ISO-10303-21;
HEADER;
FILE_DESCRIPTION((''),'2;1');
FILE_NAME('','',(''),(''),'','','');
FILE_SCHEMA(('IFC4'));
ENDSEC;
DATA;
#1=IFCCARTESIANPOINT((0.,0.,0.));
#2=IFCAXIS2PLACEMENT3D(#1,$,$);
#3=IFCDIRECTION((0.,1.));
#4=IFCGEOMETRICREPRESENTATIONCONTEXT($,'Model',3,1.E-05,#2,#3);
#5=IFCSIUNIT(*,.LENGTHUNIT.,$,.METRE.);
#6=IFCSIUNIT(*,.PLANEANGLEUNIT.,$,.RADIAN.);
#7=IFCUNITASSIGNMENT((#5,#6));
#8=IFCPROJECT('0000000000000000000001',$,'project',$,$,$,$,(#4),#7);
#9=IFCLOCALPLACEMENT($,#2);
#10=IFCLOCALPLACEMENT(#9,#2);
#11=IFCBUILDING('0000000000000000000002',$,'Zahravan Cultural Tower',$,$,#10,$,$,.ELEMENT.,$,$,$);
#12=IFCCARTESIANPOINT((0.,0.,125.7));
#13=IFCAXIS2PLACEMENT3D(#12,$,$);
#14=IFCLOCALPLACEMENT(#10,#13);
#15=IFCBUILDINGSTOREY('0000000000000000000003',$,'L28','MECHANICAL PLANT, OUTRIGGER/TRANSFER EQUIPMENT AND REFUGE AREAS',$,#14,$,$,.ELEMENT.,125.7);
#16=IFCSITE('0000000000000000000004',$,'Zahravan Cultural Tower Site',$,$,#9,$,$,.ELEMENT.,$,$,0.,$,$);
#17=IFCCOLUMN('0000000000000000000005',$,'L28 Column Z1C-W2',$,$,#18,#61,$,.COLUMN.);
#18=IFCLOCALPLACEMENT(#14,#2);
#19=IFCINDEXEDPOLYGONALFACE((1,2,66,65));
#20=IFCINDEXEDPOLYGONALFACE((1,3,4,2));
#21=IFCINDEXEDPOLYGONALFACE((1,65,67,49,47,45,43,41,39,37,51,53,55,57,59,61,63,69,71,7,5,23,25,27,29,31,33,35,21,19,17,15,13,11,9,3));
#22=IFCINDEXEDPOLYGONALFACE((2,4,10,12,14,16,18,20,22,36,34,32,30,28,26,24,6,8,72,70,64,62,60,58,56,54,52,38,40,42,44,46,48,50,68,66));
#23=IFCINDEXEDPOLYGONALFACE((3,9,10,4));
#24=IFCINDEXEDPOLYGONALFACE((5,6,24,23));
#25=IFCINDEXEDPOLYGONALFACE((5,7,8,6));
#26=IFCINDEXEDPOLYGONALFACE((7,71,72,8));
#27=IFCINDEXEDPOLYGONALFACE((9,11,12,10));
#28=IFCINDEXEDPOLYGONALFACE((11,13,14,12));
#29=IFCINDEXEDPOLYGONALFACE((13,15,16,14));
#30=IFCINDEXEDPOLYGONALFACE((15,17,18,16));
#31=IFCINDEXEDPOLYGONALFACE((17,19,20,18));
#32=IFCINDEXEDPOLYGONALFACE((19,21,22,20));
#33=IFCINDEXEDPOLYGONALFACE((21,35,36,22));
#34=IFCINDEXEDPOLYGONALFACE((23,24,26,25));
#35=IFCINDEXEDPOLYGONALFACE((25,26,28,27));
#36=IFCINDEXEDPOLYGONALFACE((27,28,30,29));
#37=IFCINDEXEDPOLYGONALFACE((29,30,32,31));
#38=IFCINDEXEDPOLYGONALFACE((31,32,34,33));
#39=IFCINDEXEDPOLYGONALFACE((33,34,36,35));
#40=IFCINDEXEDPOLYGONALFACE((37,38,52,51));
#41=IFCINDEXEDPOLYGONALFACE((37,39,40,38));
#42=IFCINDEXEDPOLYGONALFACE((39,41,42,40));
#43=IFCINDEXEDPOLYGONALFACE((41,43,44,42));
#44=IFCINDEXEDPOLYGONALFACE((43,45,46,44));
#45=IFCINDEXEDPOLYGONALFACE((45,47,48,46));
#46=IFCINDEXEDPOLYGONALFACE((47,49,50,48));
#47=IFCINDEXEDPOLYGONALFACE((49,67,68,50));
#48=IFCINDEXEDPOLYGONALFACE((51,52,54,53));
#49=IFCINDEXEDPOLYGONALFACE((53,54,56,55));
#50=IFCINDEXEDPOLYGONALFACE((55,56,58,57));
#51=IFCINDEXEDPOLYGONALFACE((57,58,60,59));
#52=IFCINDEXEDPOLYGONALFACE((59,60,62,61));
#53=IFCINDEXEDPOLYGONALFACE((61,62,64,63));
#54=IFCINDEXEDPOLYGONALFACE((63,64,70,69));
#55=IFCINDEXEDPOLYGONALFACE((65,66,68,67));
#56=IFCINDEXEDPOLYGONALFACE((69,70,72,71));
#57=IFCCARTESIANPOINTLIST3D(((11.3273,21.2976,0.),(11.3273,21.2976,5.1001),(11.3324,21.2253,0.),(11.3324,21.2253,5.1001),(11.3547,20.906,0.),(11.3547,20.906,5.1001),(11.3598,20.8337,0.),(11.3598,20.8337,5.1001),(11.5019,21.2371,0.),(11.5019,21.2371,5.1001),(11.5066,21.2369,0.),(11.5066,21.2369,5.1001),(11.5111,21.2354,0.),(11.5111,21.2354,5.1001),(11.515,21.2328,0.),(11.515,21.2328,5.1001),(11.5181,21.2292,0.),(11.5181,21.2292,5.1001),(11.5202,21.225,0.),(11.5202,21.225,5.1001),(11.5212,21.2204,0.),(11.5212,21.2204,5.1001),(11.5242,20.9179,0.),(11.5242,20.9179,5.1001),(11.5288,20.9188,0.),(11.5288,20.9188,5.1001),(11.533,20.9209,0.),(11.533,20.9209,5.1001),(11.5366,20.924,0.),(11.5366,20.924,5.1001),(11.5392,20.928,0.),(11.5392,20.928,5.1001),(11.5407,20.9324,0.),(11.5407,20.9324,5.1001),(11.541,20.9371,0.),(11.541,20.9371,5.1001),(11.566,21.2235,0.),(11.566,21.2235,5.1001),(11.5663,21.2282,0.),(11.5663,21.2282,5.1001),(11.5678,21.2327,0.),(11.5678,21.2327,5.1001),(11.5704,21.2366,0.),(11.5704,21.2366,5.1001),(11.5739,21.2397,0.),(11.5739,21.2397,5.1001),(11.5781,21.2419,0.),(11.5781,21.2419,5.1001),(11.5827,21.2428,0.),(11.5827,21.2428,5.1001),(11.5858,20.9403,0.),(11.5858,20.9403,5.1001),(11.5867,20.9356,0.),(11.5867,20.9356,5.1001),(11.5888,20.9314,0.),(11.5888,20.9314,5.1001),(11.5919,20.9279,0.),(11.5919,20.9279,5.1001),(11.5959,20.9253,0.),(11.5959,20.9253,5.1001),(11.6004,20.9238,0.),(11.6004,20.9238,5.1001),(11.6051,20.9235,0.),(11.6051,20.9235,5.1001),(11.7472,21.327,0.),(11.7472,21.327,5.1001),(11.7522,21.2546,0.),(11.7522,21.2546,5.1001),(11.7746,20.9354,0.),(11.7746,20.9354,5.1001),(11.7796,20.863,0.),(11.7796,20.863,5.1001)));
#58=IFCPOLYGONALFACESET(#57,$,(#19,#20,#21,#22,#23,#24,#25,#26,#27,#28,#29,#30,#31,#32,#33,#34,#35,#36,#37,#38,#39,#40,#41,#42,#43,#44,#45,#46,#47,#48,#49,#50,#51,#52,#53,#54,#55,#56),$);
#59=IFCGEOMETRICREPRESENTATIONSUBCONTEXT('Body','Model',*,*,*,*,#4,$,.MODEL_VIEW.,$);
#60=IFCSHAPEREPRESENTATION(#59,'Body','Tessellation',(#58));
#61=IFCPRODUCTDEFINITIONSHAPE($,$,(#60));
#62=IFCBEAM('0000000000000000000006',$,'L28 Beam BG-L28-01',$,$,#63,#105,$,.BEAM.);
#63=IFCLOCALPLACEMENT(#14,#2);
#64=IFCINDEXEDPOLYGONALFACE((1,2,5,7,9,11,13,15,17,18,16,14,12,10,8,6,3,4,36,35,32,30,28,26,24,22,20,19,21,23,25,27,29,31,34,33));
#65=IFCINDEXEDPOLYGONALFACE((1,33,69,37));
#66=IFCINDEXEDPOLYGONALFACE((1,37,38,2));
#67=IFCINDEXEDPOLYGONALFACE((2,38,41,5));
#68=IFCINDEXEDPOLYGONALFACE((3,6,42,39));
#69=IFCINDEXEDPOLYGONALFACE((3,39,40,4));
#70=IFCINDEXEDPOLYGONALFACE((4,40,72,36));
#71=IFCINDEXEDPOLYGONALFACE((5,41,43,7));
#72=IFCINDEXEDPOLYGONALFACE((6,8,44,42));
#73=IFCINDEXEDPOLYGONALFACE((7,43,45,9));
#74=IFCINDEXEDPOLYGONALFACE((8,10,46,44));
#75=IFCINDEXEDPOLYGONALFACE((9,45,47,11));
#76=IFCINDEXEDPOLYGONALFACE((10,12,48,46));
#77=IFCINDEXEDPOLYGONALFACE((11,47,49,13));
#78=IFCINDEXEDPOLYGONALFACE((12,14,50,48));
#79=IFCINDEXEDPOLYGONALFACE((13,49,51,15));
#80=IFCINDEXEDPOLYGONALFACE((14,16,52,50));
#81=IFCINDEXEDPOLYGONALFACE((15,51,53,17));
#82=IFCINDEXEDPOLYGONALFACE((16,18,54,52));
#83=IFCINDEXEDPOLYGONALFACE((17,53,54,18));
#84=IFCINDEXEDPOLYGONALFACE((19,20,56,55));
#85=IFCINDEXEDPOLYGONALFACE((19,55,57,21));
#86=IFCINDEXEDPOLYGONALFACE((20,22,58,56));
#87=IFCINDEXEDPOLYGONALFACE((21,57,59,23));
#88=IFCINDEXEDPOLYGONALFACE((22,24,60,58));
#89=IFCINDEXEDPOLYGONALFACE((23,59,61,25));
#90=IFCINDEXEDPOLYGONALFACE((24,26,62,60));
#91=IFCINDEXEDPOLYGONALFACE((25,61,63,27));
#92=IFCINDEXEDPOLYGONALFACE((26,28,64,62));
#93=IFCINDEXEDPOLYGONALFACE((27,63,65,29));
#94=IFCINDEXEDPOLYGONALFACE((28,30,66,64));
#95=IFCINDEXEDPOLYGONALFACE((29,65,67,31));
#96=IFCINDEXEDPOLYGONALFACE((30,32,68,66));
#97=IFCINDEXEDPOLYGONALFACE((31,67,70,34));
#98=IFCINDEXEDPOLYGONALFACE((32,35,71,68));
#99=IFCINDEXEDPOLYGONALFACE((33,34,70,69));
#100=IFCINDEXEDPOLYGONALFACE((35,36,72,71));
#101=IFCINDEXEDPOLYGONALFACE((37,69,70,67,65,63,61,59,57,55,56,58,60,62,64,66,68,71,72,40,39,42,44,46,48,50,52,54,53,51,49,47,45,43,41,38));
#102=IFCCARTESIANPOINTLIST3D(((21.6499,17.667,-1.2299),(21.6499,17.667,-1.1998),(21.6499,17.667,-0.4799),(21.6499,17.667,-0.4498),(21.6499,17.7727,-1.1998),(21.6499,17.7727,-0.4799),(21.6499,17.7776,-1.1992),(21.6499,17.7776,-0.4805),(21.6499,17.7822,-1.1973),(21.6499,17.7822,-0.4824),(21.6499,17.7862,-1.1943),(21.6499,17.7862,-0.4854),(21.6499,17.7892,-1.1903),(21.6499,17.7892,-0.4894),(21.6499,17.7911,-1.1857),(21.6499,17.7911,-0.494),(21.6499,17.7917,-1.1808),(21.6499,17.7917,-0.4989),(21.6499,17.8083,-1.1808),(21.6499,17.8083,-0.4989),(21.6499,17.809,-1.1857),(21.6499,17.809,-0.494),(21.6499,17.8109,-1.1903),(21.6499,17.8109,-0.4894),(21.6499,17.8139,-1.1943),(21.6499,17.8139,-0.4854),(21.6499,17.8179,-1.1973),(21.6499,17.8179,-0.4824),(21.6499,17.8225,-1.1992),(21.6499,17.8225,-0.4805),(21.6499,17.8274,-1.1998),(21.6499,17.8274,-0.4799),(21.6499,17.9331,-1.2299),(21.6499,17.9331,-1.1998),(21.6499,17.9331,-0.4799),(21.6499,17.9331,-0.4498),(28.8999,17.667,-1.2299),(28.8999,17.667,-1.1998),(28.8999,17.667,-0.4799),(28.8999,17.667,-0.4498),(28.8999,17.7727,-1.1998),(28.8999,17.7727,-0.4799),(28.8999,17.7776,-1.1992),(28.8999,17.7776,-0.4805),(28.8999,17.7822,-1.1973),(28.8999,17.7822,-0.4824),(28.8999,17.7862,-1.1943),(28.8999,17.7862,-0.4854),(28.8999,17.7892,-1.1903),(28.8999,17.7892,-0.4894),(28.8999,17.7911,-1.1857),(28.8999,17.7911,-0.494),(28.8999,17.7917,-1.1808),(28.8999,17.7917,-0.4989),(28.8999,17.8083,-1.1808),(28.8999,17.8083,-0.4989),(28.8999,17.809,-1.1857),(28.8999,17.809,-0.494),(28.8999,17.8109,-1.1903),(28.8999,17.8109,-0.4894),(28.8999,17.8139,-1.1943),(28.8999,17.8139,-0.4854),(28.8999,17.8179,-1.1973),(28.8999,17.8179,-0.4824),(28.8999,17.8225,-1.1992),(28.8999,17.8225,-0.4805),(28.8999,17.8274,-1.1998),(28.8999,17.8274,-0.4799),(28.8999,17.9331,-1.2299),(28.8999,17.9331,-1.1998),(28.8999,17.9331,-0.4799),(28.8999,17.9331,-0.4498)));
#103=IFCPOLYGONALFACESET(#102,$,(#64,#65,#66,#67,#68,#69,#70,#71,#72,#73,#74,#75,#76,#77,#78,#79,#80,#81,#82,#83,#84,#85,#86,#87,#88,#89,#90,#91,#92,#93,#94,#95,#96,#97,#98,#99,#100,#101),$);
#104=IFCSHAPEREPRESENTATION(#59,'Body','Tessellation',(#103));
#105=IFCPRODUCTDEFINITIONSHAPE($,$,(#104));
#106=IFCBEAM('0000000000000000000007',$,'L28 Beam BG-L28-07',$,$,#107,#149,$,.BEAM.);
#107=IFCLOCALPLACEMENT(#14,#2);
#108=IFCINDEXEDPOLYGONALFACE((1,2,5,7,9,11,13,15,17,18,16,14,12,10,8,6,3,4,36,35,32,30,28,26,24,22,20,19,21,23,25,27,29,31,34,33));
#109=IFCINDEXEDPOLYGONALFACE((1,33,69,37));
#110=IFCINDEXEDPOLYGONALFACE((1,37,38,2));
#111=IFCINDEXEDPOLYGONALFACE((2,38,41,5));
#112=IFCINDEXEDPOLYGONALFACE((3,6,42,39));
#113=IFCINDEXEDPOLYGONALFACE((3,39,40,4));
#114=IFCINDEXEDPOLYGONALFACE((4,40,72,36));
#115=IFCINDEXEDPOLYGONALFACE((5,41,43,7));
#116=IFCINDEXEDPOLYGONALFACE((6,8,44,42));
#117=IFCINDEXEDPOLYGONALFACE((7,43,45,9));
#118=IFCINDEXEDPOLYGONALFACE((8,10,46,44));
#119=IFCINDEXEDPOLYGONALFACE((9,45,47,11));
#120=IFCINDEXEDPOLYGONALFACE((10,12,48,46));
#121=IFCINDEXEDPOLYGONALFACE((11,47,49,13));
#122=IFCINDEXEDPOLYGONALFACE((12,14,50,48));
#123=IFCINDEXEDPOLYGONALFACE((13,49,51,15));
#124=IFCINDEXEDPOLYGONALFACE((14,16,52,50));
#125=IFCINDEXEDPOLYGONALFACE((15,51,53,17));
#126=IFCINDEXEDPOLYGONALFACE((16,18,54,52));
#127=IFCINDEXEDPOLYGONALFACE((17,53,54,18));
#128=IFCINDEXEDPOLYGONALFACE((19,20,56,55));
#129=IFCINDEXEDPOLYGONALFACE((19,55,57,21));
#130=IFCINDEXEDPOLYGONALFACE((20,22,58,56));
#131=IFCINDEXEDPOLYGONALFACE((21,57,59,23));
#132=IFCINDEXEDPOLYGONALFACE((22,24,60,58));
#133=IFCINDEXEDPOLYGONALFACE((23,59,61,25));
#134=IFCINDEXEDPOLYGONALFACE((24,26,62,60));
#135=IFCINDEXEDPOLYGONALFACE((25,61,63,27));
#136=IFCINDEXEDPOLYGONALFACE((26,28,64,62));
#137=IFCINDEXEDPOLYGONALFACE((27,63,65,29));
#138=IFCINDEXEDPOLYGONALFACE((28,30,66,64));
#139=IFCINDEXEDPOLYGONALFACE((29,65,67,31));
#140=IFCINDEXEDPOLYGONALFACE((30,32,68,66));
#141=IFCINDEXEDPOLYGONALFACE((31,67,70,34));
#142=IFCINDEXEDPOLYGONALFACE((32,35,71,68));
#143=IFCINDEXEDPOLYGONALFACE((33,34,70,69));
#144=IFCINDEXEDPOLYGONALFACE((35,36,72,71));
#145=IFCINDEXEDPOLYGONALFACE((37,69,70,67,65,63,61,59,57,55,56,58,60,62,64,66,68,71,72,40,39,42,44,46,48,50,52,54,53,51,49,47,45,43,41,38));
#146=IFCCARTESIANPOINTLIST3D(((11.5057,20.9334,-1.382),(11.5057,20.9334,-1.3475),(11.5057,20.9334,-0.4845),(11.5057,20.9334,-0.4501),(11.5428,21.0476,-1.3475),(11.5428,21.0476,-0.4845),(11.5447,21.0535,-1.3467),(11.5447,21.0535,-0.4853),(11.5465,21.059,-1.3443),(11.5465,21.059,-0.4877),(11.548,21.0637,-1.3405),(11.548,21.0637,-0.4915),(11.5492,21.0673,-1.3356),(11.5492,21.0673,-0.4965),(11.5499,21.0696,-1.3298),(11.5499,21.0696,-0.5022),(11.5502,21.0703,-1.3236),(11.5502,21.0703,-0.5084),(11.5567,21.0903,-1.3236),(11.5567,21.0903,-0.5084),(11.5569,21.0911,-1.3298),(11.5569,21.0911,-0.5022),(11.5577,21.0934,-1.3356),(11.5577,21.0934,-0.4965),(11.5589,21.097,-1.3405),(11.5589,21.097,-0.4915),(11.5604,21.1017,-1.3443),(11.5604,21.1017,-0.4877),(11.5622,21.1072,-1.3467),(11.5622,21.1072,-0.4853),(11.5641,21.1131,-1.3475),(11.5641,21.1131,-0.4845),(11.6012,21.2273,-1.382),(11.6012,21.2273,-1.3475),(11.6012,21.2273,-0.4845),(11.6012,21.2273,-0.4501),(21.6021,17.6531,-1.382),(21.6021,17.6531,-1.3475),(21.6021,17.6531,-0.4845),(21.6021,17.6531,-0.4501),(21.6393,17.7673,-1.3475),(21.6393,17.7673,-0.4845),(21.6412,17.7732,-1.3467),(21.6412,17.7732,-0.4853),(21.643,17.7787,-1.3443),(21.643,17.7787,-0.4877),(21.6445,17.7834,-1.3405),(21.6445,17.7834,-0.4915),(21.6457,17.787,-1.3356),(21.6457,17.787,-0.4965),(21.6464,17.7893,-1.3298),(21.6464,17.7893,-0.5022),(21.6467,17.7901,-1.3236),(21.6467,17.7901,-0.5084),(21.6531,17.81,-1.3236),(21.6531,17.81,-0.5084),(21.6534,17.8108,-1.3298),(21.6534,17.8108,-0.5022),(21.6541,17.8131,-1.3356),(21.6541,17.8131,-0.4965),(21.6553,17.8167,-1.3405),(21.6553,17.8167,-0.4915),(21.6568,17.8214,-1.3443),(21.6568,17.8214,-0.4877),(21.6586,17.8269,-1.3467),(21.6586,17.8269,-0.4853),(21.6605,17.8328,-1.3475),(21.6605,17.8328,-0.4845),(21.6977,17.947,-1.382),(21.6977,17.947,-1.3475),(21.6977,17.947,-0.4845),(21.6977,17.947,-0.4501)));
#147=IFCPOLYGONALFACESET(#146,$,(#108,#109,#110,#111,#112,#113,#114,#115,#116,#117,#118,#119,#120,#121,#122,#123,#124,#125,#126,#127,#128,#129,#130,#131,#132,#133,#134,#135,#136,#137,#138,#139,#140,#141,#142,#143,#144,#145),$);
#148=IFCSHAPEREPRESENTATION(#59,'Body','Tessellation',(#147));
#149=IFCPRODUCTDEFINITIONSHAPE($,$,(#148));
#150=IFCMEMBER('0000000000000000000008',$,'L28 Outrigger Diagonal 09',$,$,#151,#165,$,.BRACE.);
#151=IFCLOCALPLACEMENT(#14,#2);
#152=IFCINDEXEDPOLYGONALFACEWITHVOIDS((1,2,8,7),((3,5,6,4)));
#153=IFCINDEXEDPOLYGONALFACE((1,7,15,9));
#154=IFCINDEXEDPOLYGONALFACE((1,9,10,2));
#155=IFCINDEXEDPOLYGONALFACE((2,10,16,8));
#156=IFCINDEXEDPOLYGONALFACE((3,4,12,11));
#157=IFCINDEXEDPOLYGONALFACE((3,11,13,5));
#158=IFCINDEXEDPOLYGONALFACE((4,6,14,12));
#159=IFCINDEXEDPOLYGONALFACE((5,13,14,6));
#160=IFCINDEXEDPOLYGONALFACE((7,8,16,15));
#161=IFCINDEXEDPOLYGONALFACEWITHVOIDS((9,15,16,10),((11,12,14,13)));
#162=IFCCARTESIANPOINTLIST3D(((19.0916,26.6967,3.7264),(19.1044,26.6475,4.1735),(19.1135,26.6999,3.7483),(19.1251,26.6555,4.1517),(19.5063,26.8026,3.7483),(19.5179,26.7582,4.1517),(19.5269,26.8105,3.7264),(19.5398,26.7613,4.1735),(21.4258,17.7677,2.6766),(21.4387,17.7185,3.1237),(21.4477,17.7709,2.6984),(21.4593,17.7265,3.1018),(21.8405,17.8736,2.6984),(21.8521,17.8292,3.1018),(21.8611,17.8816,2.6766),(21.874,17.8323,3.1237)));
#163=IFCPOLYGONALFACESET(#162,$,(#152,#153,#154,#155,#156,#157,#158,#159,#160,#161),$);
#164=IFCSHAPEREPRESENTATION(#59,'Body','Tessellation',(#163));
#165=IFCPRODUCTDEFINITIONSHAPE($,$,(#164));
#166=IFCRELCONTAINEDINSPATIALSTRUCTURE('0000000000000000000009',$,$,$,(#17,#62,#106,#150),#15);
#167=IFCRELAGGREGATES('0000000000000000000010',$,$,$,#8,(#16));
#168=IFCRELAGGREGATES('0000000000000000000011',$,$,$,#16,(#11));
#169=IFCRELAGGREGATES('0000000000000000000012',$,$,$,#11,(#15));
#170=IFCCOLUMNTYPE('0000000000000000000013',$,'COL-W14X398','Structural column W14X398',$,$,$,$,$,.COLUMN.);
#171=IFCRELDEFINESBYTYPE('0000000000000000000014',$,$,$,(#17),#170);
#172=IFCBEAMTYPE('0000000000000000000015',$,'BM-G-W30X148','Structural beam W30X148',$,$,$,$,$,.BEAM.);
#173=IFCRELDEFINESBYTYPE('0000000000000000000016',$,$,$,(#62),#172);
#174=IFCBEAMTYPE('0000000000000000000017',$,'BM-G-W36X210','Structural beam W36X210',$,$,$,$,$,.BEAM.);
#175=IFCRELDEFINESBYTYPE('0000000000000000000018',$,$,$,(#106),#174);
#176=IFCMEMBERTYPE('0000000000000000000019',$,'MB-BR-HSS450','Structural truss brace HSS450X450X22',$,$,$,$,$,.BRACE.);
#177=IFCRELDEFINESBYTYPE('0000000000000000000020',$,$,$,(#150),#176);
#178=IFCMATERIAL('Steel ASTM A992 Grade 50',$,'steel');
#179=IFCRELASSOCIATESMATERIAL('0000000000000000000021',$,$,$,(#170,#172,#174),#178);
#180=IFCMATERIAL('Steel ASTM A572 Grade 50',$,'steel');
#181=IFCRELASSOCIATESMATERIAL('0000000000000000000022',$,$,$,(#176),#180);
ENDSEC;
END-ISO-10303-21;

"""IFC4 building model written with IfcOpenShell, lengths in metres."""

from ifc_helpers import new_model, si_unit, direction, frame, origin, origin_2d, place, context, subcontext, project, spatial, hollow_rectangle, i_section, extrude, source, transform, mapped, material, material_profile, profile_set, type_object, element, save


model = new_model("IFC4")

# Units and contexts
model_context = context("Model", 3, precision=1e-05, world=origin(), true_north=direction((0.0, 1.0)))
body_context = subcontext(model_context, "Body", "Model", "MODEL_VIEW")
ifc_project = project(units=[si_unit("LENGTHUNIT", "METRE"), si_unit("PLANEANGLEUNIT", "RADIAN")], contexts=[model_context])

# Site, building, storey
site_placement = place(None, origin())
site = spatial("IfcSite", under=ifc_project, at=site_placement, Name="Zahravan Cultural Tower Site", CompositionType="ELEMENT", RefElevation=0.0)
building_placement = place(site_placement, origin())
building = spatial("IfcBuilding", under=site, at=building_placement, Name="Zahravan Cultural Tower", CompositionType="ELEMENT")
storey_placement = place(building_placement, frame((0.0, 0.0, 125.7)))
storey = spatial("IfcBuildingStorey", under=building, at=storey_placement, Name="L28", Description="MECHANICAL PLANT, OUTRIGGER/TRANSFER EQUIPMENT AND REFUGE AREAS", CompositionType="ELEMENT", Elevation=125.7)

# Column
ifc_material_1 = material(Name="Steel ASTM A992 Grade 50", Category="steel")
ifc_material_profile_1 = material_profile(ifc_material_1, i_section(OverallWidth=0.4209, OverallDepth=0.4651, WebThickness=0.0449, FlangeThickness=0.0725, FilletRadius=0.0181, at=origin_2d()), Name="W14X398")
ifc_profile_set_1 = profile_set([ifc_material_profile_1], Name="Steel ASTM A992 Grade 50")
column_type = type_object("IfcColumnType", Name="COL-W14X398", Description="Structural column W14X398", PredefinedType="COLUMN", material=ifc_profile_set_1)
shared_shape_1 = source(origin(), body_context, "Body", "SweptSolid", [
    extrude(i_section(OverallWidth=0.4209, OverallDepth=0.4651, WebThickness=0.0449, FlangeThickness=0.0725, FilletRadius=0.0181, at=origin_2d()), origin(), (0.0, 0.0, 1.0), 5.1001),
])
column_placement = place(storey_placement, frame((11.5535, 21.0803, 0.0), z_axis=(0.0, 0.0, 1.0), x_axis=(0.997564, 0.069756, 0.0)))
element("IfcColumn", 1, at=column_placement, inside=storey, type_object=column_type, Name="L28 Column Z1C-W2", PredefinedType="COLUMN", context=body_context, shape_type="MappedRepresentation", body=[
    mapped(shared_shape_1, transform((0.0, 0.0, 0.0), x_axis=(1.0, 0.0, 0.0), y_axis=(0.0, 1.0, 0.0), z_axis=(0.0, 0.0, 1.0), scale=1.0)),
])

# Beams
ifc_material_profile_2 = material_profile(ifc_material_1, i_section(OverallWidth=0.2661, OverallDepth=0.78, WebThickness=0.0166, FlangeThickness=0.03, FilletRadius=0.019, at=origin_2d()), Name="W30X148")
ifc_profile_set_2 = profile_set([ifc_material_profile_2], Name="Steel ASTM A992 Grade 50")
beam_type_1 = type_object("IfcBeamType", Name="BM-G-W30X148", Description="Structural beam W30X148", PredefinedType="BEAM", material=ifc_profile_set_2)
shared_shape_2 = source(origin(), body_context, "Body", "SweptSolid", [
    extrude(i_section(OverallWidth=0.2661, OverallDepth=0.78, WebThickness=0.0166, FlangeThickness=0.03, FilletRadius=0.019, at=origin_2d()), origin(), (0.0, 0.0, 1.0), 7.25),
])
beam_1_placement = place(storey_placement, frame((21.6499, 17.8, -0.8398), z_axis=(1.0, 0.0, 0.0), x_axis=(0.0, 1.0, 0.0)))
element("IfcBeam", 2, at=beam_1_placement, inside=storey, type_object=beam_type_1, Name="L28 Beam BG-L28-01", PredefinedType="BEAM", context=body_context, shape_type="MappedRepresentation", body=[
    mapped(shared_shape_2, transform((0.0, 0.0, 0.0), x_axis=(1.0, 0.0, 0.0), y_axis=(0.0, 1.0, 0.0), z_axis=(0.0, 0.0, 1.0), scale=1.0)),
])
ifc_material_profile_3 = material_profile(ifc_material_1, i_section(OverallWidth=0.3091, OverallDepth=0.9319, WebThickness=0.021, FlangeThickness=0.0344, FilletRadius=0.0239, at=origin_2d()), Name="W36X210")
ifc_profile_set_3 = profile_set([ifc_material_profile_3], Name="Steel ASTM A992 Grade 50")
beam_type_2 = type_object("IfcBeamType", Name="BM-G-W36X210", Description="Structural beam W36X210", PredefinedType="BEAM", material=ifc_profile_set_3)
shared_shape_3 = source(origin(), body_context, "Body", "SweptSolid", [
    extrude(i_section(OverallWidth=0.3091, OverallDepth=0.9319, WebThickness=0.021, FlangeThickness=0.0344, FilletRadius=0.0239, at=origin_2d()), origin(), (0.0, 0.0, 1.0), 10.616),
])
beam_2_placement = place(storey_placement, frame((21.6499, 17.8, -0.916), z_axis=(-0.951064, 0.308995, 0.0), x_axis=(-0.308995, -0.951064, 0.0)))
element("IfcBeam", 3, at=beam_2_placement, inside=storey, type_object=beam_type_2, Name="L28 Beam BG-L28-07", PredefinedType="BEAM", context=body_context, shape_type="MappedRepresentation", body=[
    mapped(shared_shape_3, transform((0.0, 0.0, 0.0), x_axis=(1.0, 0.0, 0.0), y_axis=(0.0, 1.0, 0.0), z_axis=(0.0, 0.0, 1.0), scale=1.0)),
])

# Member
ifc_material_2 = material(Name="Steel ASTM A572 Grade 50", Category="steel")
ifc_material_profile_4 = material_profile(ifc_material_2, hollow_rectangle(XDim=0.45, YDim=0.45, WallThickness=0.022, at=origin_2d()), Name="HSS450X450X22")
ifc_profile_set_4 = profile_set([ifc_material_profile_4], Name="Steel ASTM A572 Grade 50")
member_type = type_object("IfcMemberType", Name="MB-BR-HSS450", Description="Structural truss brace HSS450X450X22", PredefinedType="BRACE", material=ifc_profile_set_4)
shared_shape_4 = source(origin(), body_context, "Body", "SweptSolid", [
    extrude(hollow_rectangle(XDim=0.45, YDim=0.45, WallThickness=0.022, at=origin_2d()), origin(), (0.0, 0.0, 1.0), 9.2886),
])
member_1_placement = place(storey_placement, frame((21.6499, 17.8, 2.9001), z_axis=(-0.251302, 0.961287, 0.113022), x_axis=(-0.967487, -0.252923, 0.0)))
element("IfcMember", 4, at=member_1_placement, inside=storey, type_object=member_type, Name="L28 Outrigger Diagonal 09", PredefinedType="BRACE", context=body_context, shape_type="MappedRepresentation", body=[
    mapped(shared_shape_4, transform((0.0, 0.0, 0.0), x_axis=(1.0, 0.0, 0.0), y_axis=(0.0, 1.0, 0.0), z_axis=(0.0, 0.0, 1.0), scale=1.0)),
])

save(model, "model.ifc")
